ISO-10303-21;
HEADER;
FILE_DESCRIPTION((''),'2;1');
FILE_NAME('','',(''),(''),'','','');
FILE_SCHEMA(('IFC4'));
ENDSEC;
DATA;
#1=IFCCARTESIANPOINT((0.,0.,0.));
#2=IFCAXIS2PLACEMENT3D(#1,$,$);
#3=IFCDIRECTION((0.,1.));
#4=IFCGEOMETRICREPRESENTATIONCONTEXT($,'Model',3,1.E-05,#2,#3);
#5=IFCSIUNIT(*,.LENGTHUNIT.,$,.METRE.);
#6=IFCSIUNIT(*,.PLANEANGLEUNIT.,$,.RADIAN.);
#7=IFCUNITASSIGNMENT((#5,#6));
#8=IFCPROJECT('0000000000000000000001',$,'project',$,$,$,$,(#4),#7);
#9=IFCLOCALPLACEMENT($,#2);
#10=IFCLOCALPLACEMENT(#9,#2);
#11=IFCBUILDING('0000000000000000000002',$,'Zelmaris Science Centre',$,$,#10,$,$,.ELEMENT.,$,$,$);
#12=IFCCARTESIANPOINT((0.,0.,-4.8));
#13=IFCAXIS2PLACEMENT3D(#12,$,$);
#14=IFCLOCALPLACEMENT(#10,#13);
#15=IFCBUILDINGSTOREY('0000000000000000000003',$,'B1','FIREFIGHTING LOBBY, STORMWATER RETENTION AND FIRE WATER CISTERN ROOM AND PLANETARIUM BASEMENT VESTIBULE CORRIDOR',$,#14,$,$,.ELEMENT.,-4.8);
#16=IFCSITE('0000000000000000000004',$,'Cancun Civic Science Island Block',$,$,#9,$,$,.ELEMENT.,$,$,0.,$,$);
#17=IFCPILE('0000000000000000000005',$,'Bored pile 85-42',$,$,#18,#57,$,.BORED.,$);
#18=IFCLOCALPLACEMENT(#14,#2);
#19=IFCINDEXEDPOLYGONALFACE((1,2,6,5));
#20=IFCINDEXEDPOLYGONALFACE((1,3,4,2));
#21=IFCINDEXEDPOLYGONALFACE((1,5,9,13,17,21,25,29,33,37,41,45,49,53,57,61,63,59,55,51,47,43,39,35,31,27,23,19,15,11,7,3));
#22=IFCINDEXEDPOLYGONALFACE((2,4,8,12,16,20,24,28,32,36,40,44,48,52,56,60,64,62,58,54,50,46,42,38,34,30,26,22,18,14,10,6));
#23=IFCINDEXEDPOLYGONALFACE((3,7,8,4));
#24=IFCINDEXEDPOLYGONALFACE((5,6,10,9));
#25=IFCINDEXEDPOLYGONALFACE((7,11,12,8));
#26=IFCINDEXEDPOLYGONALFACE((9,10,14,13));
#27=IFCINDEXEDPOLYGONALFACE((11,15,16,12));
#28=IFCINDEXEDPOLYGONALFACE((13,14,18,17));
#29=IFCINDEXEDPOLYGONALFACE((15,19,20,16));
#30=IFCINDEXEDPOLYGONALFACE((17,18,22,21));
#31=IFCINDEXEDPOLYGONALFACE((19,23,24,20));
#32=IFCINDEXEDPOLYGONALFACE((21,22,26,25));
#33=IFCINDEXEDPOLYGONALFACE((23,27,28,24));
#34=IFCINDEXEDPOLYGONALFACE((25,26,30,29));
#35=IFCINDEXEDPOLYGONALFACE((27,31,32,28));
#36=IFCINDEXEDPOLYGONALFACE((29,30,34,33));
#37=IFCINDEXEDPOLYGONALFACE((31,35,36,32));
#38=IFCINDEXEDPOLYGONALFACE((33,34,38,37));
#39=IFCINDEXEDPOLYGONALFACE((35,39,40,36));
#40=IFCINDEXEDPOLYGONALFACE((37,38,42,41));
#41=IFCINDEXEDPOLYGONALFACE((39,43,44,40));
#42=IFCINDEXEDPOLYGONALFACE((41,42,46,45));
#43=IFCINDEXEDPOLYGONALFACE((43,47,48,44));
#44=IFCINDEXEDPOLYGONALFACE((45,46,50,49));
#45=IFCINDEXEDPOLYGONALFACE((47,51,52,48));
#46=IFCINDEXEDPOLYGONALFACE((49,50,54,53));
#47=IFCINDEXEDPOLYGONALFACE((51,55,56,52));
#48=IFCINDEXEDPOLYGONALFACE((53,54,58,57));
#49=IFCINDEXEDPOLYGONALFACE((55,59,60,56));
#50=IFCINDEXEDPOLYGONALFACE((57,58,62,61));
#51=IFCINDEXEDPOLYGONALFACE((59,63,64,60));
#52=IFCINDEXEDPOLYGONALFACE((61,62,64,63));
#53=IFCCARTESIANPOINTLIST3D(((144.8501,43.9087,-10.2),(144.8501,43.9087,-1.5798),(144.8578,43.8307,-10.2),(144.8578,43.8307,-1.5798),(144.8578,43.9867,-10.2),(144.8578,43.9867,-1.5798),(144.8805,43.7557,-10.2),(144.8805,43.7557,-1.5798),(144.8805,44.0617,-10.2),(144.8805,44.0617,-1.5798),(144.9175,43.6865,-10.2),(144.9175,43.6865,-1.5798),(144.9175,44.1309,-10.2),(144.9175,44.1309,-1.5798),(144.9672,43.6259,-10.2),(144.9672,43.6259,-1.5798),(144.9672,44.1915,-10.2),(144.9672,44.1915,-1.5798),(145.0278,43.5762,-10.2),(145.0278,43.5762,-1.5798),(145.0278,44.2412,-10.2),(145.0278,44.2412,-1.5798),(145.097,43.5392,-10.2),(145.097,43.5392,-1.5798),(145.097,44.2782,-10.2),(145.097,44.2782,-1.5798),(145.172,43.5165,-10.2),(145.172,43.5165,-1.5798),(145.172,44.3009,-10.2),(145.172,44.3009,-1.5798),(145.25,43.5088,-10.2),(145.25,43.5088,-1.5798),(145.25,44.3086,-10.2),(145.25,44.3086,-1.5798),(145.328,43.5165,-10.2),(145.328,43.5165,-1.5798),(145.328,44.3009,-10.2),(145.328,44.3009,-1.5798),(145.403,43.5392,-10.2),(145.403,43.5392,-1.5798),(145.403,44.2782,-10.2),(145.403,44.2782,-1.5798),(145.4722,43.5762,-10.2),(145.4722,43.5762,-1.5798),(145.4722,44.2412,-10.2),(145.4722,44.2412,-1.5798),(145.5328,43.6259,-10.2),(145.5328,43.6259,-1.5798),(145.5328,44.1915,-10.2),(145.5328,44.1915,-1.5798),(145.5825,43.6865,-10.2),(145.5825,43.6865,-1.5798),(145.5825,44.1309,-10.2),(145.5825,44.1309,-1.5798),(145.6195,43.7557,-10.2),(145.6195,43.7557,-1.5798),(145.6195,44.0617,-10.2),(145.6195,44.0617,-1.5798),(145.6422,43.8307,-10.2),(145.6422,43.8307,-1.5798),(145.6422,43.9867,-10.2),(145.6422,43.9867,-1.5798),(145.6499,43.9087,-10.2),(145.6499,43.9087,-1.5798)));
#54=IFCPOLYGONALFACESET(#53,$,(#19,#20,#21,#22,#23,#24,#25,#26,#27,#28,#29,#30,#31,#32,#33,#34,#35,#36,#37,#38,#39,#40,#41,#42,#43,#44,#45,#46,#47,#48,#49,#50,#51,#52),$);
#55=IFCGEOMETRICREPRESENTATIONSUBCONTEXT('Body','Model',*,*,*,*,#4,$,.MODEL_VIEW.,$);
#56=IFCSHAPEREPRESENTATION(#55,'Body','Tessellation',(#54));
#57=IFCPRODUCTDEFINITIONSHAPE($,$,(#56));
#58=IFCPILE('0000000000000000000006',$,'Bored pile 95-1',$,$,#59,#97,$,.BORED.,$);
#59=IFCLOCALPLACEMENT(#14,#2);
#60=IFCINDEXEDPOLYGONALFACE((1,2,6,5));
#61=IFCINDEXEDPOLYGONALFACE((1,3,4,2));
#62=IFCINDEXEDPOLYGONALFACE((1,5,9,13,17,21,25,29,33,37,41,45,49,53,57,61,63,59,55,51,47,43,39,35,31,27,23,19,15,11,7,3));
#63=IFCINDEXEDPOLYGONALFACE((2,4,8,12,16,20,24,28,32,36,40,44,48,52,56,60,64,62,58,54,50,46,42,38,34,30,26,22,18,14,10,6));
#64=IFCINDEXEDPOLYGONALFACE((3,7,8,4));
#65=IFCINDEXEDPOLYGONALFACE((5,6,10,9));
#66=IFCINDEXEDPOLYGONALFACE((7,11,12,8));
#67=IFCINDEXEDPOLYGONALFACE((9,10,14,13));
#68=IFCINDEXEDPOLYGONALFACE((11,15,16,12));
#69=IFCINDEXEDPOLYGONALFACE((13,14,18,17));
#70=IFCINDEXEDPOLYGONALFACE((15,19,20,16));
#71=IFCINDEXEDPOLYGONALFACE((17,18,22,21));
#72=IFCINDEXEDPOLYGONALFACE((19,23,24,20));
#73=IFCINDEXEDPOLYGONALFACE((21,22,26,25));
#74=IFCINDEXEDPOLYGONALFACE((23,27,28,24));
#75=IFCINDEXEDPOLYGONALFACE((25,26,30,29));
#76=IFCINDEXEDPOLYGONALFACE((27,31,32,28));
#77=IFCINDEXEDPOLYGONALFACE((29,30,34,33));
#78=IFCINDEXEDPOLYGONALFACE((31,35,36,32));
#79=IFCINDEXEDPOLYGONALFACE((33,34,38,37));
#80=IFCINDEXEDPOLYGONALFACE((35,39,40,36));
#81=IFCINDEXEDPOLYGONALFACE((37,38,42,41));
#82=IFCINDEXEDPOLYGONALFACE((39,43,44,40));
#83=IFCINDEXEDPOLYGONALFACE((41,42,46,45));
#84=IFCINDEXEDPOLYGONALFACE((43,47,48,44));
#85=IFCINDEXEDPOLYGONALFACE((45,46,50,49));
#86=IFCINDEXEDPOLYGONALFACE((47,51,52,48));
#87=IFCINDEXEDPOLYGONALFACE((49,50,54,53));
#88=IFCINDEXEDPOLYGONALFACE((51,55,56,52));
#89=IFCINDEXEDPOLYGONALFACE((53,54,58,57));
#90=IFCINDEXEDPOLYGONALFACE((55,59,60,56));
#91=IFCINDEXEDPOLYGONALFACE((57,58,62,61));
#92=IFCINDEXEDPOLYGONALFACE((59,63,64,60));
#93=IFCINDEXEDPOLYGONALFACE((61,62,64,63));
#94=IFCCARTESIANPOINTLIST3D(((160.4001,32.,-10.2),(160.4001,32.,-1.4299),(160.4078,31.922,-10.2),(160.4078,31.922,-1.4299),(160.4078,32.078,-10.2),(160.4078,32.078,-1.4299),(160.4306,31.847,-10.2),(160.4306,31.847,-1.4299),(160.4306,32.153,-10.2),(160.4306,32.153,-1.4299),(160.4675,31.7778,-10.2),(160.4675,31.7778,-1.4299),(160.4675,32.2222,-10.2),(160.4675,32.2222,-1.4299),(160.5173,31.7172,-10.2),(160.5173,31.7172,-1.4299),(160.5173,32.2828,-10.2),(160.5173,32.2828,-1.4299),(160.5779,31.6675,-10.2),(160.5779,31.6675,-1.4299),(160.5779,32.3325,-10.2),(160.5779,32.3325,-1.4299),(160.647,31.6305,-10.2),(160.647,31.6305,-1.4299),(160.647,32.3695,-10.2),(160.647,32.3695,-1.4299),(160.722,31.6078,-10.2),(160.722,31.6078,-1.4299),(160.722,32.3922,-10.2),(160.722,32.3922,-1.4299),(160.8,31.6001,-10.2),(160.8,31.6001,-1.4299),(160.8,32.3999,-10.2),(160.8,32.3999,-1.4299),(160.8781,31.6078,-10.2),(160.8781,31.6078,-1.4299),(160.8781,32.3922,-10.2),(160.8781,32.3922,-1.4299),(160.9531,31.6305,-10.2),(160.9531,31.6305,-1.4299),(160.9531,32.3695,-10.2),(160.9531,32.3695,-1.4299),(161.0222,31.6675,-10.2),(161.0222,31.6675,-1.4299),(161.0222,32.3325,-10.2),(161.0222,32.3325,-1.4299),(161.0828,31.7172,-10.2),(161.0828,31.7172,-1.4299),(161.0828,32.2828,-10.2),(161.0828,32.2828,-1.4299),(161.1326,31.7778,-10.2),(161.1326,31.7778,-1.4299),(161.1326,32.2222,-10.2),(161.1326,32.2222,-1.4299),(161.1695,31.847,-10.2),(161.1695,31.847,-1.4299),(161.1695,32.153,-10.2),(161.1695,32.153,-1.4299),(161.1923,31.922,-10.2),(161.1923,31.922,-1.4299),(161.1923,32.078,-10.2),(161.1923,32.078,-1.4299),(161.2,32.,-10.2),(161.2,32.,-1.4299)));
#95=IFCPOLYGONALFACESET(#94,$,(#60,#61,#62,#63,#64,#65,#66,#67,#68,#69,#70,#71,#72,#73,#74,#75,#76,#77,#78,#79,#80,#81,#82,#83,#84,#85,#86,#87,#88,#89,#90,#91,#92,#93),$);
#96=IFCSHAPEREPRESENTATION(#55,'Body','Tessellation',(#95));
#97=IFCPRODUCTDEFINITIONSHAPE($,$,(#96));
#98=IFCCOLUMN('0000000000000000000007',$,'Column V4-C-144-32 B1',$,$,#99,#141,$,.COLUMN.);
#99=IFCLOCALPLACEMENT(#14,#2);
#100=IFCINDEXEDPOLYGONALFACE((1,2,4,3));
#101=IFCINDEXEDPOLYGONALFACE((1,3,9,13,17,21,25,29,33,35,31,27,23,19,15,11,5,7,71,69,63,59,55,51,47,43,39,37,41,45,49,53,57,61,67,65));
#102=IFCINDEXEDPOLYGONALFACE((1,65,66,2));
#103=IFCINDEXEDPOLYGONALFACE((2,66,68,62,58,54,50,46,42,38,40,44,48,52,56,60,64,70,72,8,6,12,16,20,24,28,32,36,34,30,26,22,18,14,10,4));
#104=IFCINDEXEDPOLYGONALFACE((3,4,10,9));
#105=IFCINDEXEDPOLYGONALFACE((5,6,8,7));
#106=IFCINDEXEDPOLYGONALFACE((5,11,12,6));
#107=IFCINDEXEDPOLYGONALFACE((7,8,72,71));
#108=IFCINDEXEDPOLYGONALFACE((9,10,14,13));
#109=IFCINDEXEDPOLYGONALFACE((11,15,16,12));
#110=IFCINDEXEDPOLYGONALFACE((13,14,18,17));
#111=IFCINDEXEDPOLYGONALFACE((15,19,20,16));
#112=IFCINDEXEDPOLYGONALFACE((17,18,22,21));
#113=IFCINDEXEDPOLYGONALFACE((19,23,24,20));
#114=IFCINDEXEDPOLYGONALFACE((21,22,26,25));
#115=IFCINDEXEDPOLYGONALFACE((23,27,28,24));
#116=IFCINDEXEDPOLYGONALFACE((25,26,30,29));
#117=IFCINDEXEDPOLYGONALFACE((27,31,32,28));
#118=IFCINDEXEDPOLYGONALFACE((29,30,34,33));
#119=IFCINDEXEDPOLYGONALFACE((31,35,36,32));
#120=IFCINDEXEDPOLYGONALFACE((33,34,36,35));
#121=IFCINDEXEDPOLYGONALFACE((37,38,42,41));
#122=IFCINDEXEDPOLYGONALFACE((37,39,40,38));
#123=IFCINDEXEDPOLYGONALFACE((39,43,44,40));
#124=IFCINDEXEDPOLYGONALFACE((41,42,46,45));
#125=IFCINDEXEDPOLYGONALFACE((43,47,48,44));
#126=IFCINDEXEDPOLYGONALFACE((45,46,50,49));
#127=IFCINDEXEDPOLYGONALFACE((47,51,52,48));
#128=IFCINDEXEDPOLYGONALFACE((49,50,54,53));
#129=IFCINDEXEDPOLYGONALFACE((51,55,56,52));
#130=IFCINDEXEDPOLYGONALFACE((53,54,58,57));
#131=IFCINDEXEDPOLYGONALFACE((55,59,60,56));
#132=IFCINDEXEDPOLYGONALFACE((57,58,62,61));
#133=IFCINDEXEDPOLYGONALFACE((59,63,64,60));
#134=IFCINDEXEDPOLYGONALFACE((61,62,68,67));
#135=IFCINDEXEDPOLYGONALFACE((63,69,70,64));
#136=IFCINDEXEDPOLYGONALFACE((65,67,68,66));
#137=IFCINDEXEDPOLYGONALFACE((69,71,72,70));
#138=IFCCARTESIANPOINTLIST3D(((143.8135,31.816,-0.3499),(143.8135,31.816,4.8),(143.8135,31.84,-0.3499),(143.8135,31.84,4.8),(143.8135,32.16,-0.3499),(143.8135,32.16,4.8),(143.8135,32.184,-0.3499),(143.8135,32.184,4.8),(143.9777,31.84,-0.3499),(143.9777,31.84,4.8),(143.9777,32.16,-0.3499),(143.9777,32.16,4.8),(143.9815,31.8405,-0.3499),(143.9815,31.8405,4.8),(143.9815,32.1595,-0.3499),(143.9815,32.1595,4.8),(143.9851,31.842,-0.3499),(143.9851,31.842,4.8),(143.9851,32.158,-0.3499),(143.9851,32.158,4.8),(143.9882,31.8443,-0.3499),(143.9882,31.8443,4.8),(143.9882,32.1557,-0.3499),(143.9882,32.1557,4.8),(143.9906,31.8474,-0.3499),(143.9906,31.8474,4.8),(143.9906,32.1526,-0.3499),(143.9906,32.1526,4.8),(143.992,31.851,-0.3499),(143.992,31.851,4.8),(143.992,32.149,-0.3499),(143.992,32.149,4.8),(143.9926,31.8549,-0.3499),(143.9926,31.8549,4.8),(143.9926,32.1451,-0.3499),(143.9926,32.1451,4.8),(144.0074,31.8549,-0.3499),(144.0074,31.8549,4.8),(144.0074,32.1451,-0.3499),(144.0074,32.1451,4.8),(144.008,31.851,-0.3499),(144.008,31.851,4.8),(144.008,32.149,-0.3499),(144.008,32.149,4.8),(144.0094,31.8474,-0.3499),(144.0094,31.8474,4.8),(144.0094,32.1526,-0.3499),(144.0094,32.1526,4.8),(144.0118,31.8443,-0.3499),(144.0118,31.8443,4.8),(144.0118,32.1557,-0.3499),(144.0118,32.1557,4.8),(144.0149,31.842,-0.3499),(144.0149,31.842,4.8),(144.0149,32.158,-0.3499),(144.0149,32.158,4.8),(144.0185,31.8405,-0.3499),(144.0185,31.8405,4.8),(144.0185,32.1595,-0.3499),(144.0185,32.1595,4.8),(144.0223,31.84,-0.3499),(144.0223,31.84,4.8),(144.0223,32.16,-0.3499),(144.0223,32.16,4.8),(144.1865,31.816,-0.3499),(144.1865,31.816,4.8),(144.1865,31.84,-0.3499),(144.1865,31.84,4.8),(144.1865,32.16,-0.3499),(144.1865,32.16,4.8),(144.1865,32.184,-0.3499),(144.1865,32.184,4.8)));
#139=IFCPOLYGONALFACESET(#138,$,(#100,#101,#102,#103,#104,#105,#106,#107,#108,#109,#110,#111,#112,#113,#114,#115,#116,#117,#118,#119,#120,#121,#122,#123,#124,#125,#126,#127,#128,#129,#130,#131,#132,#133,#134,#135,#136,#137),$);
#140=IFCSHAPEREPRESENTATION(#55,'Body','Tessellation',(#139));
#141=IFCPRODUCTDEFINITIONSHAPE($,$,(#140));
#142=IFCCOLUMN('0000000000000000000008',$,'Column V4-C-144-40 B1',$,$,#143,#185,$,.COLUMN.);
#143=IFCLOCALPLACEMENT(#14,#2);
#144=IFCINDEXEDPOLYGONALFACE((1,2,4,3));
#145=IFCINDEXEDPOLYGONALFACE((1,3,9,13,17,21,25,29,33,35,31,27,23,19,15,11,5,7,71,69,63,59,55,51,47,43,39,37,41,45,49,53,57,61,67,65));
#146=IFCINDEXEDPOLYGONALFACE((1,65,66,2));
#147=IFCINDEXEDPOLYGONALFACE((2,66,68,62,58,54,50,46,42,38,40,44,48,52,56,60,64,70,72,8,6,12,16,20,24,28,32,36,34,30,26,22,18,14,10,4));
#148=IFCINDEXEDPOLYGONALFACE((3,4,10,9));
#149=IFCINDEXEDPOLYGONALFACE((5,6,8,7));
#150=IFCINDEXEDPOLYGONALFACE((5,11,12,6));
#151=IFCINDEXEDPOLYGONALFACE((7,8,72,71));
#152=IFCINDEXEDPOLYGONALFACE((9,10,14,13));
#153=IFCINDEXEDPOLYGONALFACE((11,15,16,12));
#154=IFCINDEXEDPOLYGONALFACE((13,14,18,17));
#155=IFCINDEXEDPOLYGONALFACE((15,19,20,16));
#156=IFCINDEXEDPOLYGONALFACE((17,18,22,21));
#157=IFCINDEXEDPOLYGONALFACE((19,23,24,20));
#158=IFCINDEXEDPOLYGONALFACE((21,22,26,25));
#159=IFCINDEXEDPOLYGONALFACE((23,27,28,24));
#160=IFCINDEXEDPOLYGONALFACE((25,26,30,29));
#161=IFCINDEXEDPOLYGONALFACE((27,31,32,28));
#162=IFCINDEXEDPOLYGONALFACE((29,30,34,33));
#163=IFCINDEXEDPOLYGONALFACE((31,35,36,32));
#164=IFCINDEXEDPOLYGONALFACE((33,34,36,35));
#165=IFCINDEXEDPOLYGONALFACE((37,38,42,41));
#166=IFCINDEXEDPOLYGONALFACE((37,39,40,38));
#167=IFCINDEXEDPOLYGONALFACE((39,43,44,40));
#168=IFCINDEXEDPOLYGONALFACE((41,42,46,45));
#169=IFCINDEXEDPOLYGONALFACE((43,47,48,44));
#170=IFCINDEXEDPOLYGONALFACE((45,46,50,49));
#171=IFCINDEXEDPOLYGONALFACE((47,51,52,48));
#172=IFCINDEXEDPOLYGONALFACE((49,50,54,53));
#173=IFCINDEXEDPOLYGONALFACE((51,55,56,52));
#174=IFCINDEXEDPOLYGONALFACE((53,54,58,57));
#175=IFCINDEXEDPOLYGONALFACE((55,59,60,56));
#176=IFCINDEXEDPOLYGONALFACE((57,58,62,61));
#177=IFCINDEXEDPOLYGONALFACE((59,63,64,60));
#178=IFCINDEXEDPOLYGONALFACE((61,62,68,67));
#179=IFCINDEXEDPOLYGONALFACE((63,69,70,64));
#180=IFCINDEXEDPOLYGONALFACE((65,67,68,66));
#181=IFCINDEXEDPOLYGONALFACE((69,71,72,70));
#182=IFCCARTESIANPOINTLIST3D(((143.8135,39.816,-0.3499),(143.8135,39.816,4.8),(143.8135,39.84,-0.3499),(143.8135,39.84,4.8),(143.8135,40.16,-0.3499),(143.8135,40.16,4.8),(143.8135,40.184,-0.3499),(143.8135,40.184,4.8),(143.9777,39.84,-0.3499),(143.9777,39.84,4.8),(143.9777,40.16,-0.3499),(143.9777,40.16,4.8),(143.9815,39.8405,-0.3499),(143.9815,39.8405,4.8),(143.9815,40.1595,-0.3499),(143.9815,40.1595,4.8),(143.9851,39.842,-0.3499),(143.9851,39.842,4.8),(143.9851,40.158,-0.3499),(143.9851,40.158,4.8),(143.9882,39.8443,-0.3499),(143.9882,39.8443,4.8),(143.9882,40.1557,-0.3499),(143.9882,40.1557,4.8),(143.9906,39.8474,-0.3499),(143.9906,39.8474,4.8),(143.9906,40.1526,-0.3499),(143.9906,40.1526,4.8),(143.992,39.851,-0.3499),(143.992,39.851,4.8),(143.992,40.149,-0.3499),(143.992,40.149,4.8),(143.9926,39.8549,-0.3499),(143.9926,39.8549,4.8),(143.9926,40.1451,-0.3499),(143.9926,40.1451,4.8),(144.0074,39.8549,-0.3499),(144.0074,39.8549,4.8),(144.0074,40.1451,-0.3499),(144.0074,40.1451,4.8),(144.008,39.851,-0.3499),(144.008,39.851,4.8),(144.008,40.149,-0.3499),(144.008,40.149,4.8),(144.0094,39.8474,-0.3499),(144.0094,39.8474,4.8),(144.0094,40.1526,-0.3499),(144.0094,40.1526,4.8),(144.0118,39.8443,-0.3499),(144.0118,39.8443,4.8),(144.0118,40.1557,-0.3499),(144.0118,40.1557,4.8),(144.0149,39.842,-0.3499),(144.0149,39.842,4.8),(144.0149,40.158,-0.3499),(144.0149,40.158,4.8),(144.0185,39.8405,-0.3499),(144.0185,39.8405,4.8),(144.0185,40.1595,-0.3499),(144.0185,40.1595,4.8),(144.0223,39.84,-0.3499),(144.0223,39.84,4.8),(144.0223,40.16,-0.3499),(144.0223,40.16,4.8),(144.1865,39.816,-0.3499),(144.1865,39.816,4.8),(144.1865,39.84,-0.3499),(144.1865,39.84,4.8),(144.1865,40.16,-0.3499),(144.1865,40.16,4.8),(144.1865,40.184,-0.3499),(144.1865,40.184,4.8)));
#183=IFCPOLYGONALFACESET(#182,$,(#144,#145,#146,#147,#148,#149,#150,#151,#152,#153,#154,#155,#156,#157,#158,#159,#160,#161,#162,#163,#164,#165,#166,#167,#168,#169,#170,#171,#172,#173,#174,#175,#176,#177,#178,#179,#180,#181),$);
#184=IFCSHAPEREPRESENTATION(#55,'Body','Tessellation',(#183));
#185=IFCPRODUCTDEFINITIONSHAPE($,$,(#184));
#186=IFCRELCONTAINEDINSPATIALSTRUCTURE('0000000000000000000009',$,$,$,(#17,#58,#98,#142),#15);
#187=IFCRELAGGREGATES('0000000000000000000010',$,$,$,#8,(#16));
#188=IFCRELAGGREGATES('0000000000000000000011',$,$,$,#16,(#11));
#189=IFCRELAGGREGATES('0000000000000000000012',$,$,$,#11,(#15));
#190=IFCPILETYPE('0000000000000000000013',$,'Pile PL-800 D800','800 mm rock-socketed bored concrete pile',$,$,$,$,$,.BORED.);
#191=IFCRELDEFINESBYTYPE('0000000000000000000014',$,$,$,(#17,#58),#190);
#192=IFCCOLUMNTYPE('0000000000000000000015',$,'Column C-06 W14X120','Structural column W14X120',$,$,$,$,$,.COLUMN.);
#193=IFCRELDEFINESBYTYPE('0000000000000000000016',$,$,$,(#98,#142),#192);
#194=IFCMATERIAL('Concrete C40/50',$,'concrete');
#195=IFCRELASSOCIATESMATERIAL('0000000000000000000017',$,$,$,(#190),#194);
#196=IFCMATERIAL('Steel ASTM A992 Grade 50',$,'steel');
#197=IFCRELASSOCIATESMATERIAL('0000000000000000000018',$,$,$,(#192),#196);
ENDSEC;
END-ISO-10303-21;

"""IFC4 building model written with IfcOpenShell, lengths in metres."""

from ifc_helpers import new_model, si_unit, direction, frame, origin, origin_2d, place, context, subcontext, project, spatial, circle, i_section, extrude, material, material_profile, profile_set, type_object, element, save


model = new_model("IFC4")

# Units and contexts
model_context = context("Model", 3, precision=1e-05, world=origin(), true_north=direction((0.0, 1.0)))
body_context = subcontext(model_context, "Body", "Model", "MODEL_VIEW")
ifc_project = project(units=[si_unit("LENGTHUNIT", "METRE"), si_unit("PLANEANGLEUNIT", "RADIAN")], contexts=[model_context])

# Site, building, storey
site_placement = place(None, origin())
site = spatial("IfcSite", under=ifc_project, at=site_placement, Name="Cancun Civic Science Island Block", CompositionType="ELEMENT", RefElevation=0.0)
building_placement = place(site_placement, origin())
building = spatial("IfcBuilding", under=site, at=building_placement, Name="Zelmaris Science Centre", CompositionType="ELEMENT")
storey_placement = place(building_placement, frame((0.0, 0.0, -4.8)))
storey = spatial("IfcBuildingStorey", under=building, at=storey_placement, Name="B1", Description="FIREFIGHTING LOBBY, STORMWATER RETENTION AND FIRE WATER CISTERN ROOM AND PLANETARIUM BASEMENT VESTIBULE CORRIDOR", CompositionType="ELEMENT", Elevation=-4.8)

# Shared definitions
ifc_material_1 = material(Name="Concrete C40/50", Category="concrete")

# Piles
ifc_material_profile_1 = material_profile(ifc_material_1, circle(Radius=0.3999, at=origin_2d()), Name="PILE-800")
ifc_profile_set_1 = profile_set([ifc_material_profile_1], Name="Concrete C40/50")
pile_type_1 = type_object("IfcPileType", Name="Pile PL-800 D800", Description="800 mm rock-socketed bored concrete pile", PredefinedType="BORED", material=ifc_profile_set_1)
for number, where, z_axis, x_axis, name in (
    (1, (145.25, 43.9087, -1.5798), (0.0, 0.0, -1.0), (1.0, 0.0, 0.0), "Bored pile 85-42"),
):
    element("IfcPile", number, at=place(storey_placement, frame(where, z_axis=z_axis, x_axis=x_axis)), inside=storey, type_object=pile_type_1, Name=name, PredefinedType="BORED", context=body_context, shape_type="SweptSolid", body=[
        extrude(circle(Radius=0.3999, at=origin_2d()), origin(), (0.0, 0.0, 1.0), 8.6201),
    ])
pile_1_placement = place(storey_placement, frame((160.8, 32.0, -1.4299), z_axis=(0.0, 0.0, -1.0), x_axis=(1.0, 0.0, 0.0)))
element("IfcPile", 2, at=pile_1_placement, inside=storey, type_object=pile_type_1, Name="Bored pile 95-1", PredefinedType="BORED", context=body_context, shape_type="SweptSolid", body=[
    extrude(circle(Radius=0.3999, at=origin_2d()), origin(), (0.0, 0.0, 1.0), 8.77),
])

# Columns
ifc_material_2 = material(Name="Steel ASTM A992 Grade 50", Category="steel")
ifc_material_profile_2 = material_profile(ifc_material_2, i_section(OverallWidth=0.373, OverallDepth=0.3679, WebThickness=0.0149, FlangeThickness=0.0239, FilletRadius=0.0149, at=origin_2d()), Name="W14X120")
ifc_profile_set_2 = profile_set([ifc_material_profile_2], Name="Steel ASTM A992 Grade 50")
column_type_1 = type_object("IfcColumnType", Name="Column C-06 W14X120", Description="Structural column W14X120", PredefinedType="COLUMN", material=ifc_profile_set_2)
for number, where, z_axis, x_axis, name in (
    (3, (144.0, 32.0, -0.3499), (0.0, 0.0, 1.0), (1.0, 0.0, 0.0), "Column V4-C-144-32 B1"),
    (4, (144.0, 40.0, -0.3499), (0.0, 0.0, 1.0), (1.0, 0.0, 0.0), "Column V4-C-144-40 B1"),
):
    element("IfcColumn", number, at=place(storey_placement, frame(where, z_axis=z_axis, x_axis=x_axis)), inside=storey, type_object=column_type_1, Name=name, PredefinedType="COLUMN", context=body_context, shape_type="SweptSolid", body=[
        extrude(i_section(OverallWidth=0.373, OverallDepth=0.3679, WebThickness=0.0149, FlangeThickness=0.0239, FilletRadius=0.0149, at=origin_2d()), origin(), (0.0, 0.0, 1.0), 5.1499),
    ])

save(model, "model.ifc")
